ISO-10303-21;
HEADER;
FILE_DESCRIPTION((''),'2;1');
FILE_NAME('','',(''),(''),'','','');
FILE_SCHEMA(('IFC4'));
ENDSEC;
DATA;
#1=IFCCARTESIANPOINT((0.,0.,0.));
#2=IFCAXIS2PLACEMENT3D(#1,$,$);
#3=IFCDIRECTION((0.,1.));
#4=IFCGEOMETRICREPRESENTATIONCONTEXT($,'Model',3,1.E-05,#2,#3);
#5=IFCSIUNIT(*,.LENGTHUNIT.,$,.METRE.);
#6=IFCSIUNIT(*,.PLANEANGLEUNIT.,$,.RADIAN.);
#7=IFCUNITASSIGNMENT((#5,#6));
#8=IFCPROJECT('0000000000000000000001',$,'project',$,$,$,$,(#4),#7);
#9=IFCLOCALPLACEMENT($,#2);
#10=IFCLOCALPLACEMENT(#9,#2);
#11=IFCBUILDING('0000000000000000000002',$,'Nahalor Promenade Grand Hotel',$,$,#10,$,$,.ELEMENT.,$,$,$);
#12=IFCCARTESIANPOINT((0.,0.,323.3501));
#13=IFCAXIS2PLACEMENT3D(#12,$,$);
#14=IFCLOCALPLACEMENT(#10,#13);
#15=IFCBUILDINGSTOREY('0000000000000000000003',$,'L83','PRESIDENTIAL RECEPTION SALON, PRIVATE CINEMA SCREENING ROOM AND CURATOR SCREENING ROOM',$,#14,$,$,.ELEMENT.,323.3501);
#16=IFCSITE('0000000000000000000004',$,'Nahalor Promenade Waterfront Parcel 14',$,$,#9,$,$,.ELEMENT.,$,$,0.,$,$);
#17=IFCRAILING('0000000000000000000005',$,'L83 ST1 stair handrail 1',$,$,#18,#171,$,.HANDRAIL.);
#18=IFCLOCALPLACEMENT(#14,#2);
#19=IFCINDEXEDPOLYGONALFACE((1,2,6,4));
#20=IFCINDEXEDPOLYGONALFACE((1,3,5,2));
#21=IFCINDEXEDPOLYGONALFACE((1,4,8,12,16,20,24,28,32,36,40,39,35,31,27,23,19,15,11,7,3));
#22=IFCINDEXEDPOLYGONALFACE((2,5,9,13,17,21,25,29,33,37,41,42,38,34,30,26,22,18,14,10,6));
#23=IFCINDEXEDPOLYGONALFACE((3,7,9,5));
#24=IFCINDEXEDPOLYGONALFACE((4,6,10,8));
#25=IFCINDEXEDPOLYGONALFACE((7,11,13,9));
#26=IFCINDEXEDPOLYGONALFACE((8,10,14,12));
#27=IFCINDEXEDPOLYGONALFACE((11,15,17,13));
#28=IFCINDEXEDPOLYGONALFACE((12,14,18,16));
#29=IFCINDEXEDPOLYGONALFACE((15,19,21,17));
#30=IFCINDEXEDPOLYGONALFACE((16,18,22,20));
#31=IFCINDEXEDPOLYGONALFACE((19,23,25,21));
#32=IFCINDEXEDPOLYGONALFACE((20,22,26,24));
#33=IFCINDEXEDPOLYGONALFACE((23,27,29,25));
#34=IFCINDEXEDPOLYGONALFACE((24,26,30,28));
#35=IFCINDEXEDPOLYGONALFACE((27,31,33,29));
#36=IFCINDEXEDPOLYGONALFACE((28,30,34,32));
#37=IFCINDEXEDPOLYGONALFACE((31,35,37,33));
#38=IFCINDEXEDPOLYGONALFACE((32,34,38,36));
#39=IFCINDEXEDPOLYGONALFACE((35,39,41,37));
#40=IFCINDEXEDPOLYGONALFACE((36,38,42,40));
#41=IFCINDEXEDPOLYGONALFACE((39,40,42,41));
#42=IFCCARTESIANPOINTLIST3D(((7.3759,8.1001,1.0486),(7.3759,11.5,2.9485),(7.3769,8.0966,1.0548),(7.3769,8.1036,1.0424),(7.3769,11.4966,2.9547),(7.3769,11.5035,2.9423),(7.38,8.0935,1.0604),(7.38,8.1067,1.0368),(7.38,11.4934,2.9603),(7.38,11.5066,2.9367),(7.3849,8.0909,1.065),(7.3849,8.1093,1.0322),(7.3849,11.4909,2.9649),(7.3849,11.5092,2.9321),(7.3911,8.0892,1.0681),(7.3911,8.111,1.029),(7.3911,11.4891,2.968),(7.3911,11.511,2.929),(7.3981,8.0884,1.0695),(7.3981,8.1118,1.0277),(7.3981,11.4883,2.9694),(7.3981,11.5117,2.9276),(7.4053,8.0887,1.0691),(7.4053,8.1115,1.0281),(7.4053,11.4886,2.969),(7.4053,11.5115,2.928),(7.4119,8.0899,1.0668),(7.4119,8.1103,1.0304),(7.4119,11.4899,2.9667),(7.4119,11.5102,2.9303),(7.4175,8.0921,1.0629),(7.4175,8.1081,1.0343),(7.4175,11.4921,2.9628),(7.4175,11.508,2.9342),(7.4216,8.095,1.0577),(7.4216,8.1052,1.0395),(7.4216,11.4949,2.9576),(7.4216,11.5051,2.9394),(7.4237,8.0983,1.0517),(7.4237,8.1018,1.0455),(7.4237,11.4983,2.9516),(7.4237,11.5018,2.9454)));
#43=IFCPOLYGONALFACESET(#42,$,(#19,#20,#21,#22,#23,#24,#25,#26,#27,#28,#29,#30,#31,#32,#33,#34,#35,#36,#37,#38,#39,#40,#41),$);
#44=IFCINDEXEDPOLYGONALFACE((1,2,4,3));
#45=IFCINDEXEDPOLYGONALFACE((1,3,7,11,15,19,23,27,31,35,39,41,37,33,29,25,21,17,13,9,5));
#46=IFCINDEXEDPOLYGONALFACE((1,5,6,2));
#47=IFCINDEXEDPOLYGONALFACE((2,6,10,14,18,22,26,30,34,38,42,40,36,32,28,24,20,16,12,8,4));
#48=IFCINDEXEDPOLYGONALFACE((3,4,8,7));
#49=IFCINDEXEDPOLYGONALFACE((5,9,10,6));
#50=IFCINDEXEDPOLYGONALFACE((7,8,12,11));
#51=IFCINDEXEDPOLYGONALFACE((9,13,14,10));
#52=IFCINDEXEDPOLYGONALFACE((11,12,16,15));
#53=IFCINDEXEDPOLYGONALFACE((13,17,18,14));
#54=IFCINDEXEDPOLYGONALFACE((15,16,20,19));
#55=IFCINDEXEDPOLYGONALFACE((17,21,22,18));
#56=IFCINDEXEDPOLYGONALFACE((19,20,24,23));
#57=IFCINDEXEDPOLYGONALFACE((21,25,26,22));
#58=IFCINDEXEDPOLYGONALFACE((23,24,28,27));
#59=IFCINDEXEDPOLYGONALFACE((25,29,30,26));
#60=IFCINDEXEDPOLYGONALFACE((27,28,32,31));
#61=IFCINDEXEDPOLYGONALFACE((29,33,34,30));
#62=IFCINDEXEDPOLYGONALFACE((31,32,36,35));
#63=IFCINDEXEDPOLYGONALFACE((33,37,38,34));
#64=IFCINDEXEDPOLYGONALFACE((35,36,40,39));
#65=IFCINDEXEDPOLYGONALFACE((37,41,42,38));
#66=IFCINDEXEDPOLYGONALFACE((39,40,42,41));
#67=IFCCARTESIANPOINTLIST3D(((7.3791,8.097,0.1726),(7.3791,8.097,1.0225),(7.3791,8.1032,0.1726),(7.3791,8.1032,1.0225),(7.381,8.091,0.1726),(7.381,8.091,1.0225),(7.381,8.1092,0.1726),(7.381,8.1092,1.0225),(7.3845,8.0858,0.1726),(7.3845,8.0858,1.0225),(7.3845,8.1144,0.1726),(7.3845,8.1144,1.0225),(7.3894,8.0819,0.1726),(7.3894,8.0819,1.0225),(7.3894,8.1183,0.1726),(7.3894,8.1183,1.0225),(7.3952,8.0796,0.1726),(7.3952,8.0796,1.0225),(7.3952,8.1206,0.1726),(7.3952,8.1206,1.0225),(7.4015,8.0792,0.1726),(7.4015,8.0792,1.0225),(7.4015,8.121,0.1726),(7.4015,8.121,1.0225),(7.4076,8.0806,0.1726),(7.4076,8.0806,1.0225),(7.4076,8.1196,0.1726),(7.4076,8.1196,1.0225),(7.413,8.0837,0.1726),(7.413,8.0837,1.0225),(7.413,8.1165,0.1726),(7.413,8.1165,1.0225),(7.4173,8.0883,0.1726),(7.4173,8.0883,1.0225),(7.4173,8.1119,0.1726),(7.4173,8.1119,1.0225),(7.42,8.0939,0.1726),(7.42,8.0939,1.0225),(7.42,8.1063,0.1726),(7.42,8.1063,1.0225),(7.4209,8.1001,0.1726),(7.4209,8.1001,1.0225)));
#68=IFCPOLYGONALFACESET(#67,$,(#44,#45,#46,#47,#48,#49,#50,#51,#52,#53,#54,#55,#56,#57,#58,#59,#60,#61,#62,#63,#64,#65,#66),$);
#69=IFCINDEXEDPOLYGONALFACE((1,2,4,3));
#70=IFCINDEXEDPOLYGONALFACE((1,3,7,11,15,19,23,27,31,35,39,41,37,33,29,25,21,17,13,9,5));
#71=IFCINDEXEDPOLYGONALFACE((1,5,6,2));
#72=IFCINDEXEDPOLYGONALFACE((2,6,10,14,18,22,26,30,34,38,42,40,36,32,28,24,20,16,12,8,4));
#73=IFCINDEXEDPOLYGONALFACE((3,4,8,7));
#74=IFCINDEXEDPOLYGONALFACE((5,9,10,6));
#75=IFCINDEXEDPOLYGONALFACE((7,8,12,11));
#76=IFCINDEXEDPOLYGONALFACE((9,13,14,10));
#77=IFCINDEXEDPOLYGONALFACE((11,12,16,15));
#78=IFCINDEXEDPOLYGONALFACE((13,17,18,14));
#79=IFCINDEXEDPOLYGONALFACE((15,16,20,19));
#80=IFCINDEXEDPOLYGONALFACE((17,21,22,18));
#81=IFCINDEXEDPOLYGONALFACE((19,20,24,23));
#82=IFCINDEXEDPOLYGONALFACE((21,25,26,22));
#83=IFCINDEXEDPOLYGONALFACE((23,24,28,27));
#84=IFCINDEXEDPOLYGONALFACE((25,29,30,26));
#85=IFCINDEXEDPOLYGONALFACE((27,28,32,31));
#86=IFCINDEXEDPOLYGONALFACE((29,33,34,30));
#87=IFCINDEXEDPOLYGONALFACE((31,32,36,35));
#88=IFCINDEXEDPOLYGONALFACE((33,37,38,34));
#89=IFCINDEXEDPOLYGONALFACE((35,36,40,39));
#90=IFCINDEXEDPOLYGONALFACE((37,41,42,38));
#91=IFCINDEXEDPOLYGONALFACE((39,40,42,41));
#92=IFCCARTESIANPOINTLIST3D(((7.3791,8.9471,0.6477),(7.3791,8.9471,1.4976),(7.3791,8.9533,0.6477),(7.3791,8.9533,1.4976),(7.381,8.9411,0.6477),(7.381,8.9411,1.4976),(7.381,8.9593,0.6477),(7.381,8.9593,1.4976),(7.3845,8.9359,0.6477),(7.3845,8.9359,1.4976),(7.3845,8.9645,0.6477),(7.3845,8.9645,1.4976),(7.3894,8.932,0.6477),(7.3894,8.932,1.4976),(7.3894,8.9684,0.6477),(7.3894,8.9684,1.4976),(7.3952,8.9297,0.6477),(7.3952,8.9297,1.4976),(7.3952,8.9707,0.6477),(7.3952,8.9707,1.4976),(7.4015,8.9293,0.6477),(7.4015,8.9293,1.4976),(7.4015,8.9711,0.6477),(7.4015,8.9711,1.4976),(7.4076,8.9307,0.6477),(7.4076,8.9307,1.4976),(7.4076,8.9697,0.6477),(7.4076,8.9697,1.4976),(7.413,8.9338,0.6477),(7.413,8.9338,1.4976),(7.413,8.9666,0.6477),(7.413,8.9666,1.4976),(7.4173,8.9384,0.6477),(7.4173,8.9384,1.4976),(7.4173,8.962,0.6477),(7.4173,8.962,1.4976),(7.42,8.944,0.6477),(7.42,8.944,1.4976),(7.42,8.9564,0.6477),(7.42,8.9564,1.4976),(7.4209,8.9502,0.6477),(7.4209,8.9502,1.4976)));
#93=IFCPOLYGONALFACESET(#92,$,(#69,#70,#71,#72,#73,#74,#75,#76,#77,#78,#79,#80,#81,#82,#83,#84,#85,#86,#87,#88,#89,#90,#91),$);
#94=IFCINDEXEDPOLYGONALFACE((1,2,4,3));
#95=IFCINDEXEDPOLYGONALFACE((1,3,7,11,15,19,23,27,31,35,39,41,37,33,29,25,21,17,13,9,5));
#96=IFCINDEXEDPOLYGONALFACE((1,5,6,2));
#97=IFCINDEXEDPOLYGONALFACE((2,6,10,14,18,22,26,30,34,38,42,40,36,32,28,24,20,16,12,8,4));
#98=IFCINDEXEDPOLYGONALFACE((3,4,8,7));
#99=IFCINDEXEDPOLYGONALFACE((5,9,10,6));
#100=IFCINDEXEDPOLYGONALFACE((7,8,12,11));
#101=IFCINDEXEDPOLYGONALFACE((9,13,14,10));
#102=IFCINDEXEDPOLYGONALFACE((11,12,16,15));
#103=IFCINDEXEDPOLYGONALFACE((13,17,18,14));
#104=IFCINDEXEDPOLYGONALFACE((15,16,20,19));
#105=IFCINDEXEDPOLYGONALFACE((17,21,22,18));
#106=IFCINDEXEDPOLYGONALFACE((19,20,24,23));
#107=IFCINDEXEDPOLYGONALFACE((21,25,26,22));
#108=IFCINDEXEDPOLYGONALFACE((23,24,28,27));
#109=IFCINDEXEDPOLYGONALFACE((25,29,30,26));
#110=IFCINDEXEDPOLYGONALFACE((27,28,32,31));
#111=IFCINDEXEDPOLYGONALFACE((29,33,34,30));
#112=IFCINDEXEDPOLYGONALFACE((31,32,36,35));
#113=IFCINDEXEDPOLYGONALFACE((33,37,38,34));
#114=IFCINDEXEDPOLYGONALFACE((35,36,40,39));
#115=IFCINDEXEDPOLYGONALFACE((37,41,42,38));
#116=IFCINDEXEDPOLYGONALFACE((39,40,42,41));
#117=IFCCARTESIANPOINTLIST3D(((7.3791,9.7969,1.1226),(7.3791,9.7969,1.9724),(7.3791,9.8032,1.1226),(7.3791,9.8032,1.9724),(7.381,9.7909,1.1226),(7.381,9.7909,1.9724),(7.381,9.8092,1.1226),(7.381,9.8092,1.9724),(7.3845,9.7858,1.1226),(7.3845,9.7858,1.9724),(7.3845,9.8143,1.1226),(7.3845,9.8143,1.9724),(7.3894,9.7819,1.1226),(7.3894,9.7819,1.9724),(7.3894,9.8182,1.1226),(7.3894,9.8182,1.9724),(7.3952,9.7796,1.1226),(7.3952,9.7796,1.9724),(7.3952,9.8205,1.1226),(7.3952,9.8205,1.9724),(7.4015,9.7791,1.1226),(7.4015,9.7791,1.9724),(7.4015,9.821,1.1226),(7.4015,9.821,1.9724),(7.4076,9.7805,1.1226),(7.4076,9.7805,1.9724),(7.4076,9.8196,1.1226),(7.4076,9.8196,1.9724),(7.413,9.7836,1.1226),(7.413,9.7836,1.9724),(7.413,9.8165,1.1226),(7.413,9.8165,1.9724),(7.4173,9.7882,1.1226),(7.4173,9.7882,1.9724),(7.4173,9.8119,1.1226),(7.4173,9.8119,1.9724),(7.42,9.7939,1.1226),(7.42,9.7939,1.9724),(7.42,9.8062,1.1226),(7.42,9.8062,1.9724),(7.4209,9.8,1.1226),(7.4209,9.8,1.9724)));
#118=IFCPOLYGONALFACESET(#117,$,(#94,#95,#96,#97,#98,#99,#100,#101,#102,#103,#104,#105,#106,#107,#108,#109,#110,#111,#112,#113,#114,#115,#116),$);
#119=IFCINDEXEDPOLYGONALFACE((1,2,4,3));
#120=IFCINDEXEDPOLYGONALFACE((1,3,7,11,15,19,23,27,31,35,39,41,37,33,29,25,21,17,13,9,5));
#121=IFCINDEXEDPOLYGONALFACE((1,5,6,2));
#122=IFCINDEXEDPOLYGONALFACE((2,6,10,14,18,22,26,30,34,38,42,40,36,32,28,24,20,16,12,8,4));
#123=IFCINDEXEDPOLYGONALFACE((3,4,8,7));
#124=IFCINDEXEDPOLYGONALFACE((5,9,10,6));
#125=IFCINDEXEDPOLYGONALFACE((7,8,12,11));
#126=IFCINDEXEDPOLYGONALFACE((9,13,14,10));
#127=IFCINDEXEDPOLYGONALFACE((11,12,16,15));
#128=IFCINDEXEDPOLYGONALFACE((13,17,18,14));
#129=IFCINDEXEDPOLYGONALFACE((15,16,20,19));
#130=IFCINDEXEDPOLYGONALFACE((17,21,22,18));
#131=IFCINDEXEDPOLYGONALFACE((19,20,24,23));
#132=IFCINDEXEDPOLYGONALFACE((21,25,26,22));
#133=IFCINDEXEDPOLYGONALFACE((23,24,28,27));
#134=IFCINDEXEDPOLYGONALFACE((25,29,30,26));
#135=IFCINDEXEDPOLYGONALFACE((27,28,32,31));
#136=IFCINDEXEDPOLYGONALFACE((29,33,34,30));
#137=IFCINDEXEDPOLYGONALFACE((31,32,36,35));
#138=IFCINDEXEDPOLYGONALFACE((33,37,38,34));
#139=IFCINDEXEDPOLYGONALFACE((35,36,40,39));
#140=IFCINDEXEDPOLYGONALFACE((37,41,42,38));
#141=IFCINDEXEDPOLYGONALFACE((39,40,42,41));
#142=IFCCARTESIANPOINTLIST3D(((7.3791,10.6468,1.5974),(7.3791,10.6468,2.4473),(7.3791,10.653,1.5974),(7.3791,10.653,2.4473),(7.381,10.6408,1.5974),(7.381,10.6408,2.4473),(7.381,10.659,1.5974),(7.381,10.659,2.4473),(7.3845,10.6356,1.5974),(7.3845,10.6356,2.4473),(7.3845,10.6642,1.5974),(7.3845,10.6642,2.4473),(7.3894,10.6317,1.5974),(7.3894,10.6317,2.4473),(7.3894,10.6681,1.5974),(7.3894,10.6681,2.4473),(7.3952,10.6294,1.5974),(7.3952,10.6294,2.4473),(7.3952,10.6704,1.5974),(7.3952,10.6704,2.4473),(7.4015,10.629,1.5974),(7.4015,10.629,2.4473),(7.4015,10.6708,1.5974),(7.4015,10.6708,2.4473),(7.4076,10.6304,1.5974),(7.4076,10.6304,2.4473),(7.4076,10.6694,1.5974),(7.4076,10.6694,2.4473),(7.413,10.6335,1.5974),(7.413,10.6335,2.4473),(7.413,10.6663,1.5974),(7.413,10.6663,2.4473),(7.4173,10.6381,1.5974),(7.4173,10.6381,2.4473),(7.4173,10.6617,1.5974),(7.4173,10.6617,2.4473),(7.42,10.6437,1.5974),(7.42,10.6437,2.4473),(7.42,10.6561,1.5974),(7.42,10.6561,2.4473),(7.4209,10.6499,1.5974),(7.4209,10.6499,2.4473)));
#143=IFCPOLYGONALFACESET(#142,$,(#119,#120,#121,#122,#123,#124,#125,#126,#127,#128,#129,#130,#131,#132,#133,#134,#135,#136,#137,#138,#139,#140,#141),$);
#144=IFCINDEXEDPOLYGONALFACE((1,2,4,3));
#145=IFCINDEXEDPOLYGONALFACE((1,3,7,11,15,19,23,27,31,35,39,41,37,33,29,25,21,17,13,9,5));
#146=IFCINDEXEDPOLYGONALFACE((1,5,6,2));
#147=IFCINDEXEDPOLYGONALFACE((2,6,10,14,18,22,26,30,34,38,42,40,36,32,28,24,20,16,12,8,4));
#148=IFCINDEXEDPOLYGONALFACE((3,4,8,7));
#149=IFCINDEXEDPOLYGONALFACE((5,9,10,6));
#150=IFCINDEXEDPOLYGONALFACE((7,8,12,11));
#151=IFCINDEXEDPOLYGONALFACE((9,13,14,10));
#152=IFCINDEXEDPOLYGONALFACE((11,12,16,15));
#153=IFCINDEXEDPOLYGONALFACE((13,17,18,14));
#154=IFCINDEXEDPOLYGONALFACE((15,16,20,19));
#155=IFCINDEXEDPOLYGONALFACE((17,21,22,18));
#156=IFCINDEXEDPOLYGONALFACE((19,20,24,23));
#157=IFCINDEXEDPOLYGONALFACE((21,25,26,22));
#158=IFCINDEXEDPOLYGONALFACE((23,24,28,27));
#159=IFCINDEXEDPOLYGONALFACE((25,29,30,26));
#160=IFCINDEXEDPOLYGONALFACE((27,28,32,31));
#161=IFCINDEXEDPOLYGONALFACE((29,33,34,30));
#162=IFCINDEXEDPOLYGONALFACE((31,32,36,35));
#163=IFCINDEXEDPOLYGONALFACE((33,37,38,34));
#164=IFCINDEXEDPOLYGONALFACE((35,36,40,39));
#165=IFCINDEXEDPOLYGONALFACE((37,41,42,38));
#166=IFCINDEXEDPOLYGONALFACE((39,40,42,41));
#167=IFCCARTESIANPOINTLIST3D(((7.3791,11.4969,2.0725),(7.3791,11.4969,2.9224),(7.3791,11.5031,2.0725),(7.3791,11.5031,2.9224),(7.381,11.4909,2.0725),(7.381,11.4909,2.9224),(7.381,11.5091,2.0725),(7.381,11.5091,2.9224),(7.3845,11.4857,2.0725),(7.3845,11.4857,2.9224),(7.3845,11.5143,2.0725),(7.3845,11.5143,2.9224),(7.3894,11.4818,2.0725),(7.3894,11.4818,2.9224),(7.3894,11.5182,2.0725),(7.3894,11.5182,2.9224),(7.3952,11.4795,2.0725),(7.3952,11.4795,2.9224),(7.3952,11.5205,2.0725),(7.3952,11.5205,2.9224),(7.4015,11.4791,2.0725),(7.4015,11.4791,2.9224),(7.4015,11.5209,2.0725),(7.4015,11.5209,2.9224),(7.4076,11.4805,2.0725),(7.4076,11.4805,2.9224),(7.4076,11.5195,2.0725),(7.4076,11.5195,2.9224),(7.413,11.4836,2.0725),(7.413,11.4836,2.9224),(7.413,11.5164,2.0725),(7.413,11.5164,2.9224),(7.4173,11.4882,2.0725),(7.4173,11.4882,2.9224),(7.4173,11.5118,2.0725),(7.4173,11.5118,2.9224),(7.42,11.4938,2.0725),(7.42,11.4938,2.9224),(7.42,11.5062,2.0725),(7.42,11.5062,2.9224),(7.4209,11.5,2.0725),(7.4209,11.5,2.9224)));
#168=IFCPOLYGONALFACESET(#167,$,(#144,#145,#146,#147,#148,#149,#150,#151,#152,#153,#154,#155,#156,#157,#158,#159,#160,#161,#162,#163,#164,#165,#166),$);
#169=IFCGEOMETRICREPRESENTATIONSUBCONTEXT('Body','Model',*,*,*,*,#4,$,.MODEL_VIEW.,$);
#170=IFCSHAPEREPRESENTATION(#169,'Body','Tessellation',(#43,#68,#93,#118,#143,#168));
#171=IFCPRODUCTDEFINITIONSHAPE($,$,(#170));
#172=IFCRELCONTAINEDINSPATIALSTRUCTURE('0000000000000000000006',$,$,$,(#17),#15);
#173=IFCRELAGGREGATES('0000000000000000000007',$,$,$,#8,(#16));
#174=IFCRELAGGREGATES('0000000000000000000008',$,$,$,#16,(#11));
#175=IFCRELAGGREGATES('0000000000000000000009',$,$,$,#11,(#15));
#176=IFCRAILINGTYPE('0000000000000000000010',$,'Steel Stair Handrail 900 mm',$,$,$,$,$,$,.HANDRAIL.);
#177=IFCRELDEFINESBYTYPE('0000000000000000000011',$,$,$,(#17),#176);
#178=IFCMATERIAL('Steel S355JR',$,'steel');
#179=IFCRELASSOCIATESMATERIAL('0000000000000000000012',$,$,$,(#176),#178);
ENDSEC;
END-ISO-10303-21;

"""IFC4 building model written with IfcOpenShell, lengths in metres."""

from ifc_helpers import new_model, si_unit, direction, frame, origin, origin_2d, place, context, subcontext, project, spatial, circle, extrude, material, type_object, element, save


model = new_model("IFC4")

# Units and contexts
model_context = context("Model", 3, precision=1e-05, world=origin(), true_north=direction((0.0, 1.0)))
body_context = subcontext(model_context, "Body", "Model", "MODEL_VIEW")
ifc_project = project(units=[si_unit("LENGTHUNIT", "METRE"), si_unit("PLANEANGLEUNIT", "RADIAN")], contexts=[model_context])

# Site, building, storey
site_placement = place(None, origin())
site = spatial("IfcSite", under=ifc_project, at=site_placement, Name="Nahalor Promenade Waterfront Parcel 14", CompositionType="ELEMENT", RefElevation=0.0)
building_placement = place(site_placement, origin())
building = spatial("IfcBuilding", under=site, at=building_placement, Name="Nahalor Promenade Grand Hotel", CompositionType="ELEMENT")
storey_placement = place(building_placement, frame((0.0, 0.0, 323.3501)))
storey = spatial("IfcBuildingStorey", under=building, at=storey_placement, Name="L83", Description="PRESIDENTIAL RECEPTION SALON, PRIVATE CINEMA SCREENING ROOM AND CURATOR SCREENING ROOM", CompositionType="ELEMENT", Elevation=323.3501)

# Shared definitions
ifc_material_1 = material(Name="Steel S355JR", Category="steel")

# Railing
railing_type_1 = type_object("IfcRailingType", Name="Steel Stair Handrail 900 mm", PredefinedType="HANDRAIL", material=ifc_material_1)
railing_1_placement = place(storey_placement, frame((7.3999, 8.1001, 0.1726)))
element("IfcRailing", 1, at=railing_1_placement, inside=storey, type_object=railing_type_1, Name="L83 ST1 stair handrail 1", PredefinedType="HANDRAIL", context=body_context, shape_type="SweptSolid", body=[
    extrude(circle(Radius=0.024, at=origin_2d()), frame((0.0, 0.0, 0.876), z_axis=(0.0, 0.872948, 0.487813), x_axis=(-1.0, 0.0, 0.0)), (0.0, 0.0, 1.0), 3.8948),
    extrude(circle(Radius=0.021, at=origin_2d()), origin(), (0.0, 0.0, 1.0), 0.8499),
    extrude(circle(Radius=0.021, at=origin_2d()), frame((0.0, 0.8501, 0.4751)), (0.0, 0.0, 1.0), 0.8499),
    extrude(circle(Radius=0.021, at=origin_2d()), frame((0.0, 1.7, 0.95)), (0.0, 0.0, 1.0), 0.8499),
    extrude(circle(Radius=0.021, at=origin_2d()), frame((0.0, 2.5498, 1.4248)), (0.0, 0.0, 1.0), 0.8499),
    extrude(circle(Radius=0.021, at=origin_2d()), frame((0.0, 3.3999, 1.8999)), (0.0, 0.0, 1.0), 0.8499),
])

save(model, "model.ifc")
